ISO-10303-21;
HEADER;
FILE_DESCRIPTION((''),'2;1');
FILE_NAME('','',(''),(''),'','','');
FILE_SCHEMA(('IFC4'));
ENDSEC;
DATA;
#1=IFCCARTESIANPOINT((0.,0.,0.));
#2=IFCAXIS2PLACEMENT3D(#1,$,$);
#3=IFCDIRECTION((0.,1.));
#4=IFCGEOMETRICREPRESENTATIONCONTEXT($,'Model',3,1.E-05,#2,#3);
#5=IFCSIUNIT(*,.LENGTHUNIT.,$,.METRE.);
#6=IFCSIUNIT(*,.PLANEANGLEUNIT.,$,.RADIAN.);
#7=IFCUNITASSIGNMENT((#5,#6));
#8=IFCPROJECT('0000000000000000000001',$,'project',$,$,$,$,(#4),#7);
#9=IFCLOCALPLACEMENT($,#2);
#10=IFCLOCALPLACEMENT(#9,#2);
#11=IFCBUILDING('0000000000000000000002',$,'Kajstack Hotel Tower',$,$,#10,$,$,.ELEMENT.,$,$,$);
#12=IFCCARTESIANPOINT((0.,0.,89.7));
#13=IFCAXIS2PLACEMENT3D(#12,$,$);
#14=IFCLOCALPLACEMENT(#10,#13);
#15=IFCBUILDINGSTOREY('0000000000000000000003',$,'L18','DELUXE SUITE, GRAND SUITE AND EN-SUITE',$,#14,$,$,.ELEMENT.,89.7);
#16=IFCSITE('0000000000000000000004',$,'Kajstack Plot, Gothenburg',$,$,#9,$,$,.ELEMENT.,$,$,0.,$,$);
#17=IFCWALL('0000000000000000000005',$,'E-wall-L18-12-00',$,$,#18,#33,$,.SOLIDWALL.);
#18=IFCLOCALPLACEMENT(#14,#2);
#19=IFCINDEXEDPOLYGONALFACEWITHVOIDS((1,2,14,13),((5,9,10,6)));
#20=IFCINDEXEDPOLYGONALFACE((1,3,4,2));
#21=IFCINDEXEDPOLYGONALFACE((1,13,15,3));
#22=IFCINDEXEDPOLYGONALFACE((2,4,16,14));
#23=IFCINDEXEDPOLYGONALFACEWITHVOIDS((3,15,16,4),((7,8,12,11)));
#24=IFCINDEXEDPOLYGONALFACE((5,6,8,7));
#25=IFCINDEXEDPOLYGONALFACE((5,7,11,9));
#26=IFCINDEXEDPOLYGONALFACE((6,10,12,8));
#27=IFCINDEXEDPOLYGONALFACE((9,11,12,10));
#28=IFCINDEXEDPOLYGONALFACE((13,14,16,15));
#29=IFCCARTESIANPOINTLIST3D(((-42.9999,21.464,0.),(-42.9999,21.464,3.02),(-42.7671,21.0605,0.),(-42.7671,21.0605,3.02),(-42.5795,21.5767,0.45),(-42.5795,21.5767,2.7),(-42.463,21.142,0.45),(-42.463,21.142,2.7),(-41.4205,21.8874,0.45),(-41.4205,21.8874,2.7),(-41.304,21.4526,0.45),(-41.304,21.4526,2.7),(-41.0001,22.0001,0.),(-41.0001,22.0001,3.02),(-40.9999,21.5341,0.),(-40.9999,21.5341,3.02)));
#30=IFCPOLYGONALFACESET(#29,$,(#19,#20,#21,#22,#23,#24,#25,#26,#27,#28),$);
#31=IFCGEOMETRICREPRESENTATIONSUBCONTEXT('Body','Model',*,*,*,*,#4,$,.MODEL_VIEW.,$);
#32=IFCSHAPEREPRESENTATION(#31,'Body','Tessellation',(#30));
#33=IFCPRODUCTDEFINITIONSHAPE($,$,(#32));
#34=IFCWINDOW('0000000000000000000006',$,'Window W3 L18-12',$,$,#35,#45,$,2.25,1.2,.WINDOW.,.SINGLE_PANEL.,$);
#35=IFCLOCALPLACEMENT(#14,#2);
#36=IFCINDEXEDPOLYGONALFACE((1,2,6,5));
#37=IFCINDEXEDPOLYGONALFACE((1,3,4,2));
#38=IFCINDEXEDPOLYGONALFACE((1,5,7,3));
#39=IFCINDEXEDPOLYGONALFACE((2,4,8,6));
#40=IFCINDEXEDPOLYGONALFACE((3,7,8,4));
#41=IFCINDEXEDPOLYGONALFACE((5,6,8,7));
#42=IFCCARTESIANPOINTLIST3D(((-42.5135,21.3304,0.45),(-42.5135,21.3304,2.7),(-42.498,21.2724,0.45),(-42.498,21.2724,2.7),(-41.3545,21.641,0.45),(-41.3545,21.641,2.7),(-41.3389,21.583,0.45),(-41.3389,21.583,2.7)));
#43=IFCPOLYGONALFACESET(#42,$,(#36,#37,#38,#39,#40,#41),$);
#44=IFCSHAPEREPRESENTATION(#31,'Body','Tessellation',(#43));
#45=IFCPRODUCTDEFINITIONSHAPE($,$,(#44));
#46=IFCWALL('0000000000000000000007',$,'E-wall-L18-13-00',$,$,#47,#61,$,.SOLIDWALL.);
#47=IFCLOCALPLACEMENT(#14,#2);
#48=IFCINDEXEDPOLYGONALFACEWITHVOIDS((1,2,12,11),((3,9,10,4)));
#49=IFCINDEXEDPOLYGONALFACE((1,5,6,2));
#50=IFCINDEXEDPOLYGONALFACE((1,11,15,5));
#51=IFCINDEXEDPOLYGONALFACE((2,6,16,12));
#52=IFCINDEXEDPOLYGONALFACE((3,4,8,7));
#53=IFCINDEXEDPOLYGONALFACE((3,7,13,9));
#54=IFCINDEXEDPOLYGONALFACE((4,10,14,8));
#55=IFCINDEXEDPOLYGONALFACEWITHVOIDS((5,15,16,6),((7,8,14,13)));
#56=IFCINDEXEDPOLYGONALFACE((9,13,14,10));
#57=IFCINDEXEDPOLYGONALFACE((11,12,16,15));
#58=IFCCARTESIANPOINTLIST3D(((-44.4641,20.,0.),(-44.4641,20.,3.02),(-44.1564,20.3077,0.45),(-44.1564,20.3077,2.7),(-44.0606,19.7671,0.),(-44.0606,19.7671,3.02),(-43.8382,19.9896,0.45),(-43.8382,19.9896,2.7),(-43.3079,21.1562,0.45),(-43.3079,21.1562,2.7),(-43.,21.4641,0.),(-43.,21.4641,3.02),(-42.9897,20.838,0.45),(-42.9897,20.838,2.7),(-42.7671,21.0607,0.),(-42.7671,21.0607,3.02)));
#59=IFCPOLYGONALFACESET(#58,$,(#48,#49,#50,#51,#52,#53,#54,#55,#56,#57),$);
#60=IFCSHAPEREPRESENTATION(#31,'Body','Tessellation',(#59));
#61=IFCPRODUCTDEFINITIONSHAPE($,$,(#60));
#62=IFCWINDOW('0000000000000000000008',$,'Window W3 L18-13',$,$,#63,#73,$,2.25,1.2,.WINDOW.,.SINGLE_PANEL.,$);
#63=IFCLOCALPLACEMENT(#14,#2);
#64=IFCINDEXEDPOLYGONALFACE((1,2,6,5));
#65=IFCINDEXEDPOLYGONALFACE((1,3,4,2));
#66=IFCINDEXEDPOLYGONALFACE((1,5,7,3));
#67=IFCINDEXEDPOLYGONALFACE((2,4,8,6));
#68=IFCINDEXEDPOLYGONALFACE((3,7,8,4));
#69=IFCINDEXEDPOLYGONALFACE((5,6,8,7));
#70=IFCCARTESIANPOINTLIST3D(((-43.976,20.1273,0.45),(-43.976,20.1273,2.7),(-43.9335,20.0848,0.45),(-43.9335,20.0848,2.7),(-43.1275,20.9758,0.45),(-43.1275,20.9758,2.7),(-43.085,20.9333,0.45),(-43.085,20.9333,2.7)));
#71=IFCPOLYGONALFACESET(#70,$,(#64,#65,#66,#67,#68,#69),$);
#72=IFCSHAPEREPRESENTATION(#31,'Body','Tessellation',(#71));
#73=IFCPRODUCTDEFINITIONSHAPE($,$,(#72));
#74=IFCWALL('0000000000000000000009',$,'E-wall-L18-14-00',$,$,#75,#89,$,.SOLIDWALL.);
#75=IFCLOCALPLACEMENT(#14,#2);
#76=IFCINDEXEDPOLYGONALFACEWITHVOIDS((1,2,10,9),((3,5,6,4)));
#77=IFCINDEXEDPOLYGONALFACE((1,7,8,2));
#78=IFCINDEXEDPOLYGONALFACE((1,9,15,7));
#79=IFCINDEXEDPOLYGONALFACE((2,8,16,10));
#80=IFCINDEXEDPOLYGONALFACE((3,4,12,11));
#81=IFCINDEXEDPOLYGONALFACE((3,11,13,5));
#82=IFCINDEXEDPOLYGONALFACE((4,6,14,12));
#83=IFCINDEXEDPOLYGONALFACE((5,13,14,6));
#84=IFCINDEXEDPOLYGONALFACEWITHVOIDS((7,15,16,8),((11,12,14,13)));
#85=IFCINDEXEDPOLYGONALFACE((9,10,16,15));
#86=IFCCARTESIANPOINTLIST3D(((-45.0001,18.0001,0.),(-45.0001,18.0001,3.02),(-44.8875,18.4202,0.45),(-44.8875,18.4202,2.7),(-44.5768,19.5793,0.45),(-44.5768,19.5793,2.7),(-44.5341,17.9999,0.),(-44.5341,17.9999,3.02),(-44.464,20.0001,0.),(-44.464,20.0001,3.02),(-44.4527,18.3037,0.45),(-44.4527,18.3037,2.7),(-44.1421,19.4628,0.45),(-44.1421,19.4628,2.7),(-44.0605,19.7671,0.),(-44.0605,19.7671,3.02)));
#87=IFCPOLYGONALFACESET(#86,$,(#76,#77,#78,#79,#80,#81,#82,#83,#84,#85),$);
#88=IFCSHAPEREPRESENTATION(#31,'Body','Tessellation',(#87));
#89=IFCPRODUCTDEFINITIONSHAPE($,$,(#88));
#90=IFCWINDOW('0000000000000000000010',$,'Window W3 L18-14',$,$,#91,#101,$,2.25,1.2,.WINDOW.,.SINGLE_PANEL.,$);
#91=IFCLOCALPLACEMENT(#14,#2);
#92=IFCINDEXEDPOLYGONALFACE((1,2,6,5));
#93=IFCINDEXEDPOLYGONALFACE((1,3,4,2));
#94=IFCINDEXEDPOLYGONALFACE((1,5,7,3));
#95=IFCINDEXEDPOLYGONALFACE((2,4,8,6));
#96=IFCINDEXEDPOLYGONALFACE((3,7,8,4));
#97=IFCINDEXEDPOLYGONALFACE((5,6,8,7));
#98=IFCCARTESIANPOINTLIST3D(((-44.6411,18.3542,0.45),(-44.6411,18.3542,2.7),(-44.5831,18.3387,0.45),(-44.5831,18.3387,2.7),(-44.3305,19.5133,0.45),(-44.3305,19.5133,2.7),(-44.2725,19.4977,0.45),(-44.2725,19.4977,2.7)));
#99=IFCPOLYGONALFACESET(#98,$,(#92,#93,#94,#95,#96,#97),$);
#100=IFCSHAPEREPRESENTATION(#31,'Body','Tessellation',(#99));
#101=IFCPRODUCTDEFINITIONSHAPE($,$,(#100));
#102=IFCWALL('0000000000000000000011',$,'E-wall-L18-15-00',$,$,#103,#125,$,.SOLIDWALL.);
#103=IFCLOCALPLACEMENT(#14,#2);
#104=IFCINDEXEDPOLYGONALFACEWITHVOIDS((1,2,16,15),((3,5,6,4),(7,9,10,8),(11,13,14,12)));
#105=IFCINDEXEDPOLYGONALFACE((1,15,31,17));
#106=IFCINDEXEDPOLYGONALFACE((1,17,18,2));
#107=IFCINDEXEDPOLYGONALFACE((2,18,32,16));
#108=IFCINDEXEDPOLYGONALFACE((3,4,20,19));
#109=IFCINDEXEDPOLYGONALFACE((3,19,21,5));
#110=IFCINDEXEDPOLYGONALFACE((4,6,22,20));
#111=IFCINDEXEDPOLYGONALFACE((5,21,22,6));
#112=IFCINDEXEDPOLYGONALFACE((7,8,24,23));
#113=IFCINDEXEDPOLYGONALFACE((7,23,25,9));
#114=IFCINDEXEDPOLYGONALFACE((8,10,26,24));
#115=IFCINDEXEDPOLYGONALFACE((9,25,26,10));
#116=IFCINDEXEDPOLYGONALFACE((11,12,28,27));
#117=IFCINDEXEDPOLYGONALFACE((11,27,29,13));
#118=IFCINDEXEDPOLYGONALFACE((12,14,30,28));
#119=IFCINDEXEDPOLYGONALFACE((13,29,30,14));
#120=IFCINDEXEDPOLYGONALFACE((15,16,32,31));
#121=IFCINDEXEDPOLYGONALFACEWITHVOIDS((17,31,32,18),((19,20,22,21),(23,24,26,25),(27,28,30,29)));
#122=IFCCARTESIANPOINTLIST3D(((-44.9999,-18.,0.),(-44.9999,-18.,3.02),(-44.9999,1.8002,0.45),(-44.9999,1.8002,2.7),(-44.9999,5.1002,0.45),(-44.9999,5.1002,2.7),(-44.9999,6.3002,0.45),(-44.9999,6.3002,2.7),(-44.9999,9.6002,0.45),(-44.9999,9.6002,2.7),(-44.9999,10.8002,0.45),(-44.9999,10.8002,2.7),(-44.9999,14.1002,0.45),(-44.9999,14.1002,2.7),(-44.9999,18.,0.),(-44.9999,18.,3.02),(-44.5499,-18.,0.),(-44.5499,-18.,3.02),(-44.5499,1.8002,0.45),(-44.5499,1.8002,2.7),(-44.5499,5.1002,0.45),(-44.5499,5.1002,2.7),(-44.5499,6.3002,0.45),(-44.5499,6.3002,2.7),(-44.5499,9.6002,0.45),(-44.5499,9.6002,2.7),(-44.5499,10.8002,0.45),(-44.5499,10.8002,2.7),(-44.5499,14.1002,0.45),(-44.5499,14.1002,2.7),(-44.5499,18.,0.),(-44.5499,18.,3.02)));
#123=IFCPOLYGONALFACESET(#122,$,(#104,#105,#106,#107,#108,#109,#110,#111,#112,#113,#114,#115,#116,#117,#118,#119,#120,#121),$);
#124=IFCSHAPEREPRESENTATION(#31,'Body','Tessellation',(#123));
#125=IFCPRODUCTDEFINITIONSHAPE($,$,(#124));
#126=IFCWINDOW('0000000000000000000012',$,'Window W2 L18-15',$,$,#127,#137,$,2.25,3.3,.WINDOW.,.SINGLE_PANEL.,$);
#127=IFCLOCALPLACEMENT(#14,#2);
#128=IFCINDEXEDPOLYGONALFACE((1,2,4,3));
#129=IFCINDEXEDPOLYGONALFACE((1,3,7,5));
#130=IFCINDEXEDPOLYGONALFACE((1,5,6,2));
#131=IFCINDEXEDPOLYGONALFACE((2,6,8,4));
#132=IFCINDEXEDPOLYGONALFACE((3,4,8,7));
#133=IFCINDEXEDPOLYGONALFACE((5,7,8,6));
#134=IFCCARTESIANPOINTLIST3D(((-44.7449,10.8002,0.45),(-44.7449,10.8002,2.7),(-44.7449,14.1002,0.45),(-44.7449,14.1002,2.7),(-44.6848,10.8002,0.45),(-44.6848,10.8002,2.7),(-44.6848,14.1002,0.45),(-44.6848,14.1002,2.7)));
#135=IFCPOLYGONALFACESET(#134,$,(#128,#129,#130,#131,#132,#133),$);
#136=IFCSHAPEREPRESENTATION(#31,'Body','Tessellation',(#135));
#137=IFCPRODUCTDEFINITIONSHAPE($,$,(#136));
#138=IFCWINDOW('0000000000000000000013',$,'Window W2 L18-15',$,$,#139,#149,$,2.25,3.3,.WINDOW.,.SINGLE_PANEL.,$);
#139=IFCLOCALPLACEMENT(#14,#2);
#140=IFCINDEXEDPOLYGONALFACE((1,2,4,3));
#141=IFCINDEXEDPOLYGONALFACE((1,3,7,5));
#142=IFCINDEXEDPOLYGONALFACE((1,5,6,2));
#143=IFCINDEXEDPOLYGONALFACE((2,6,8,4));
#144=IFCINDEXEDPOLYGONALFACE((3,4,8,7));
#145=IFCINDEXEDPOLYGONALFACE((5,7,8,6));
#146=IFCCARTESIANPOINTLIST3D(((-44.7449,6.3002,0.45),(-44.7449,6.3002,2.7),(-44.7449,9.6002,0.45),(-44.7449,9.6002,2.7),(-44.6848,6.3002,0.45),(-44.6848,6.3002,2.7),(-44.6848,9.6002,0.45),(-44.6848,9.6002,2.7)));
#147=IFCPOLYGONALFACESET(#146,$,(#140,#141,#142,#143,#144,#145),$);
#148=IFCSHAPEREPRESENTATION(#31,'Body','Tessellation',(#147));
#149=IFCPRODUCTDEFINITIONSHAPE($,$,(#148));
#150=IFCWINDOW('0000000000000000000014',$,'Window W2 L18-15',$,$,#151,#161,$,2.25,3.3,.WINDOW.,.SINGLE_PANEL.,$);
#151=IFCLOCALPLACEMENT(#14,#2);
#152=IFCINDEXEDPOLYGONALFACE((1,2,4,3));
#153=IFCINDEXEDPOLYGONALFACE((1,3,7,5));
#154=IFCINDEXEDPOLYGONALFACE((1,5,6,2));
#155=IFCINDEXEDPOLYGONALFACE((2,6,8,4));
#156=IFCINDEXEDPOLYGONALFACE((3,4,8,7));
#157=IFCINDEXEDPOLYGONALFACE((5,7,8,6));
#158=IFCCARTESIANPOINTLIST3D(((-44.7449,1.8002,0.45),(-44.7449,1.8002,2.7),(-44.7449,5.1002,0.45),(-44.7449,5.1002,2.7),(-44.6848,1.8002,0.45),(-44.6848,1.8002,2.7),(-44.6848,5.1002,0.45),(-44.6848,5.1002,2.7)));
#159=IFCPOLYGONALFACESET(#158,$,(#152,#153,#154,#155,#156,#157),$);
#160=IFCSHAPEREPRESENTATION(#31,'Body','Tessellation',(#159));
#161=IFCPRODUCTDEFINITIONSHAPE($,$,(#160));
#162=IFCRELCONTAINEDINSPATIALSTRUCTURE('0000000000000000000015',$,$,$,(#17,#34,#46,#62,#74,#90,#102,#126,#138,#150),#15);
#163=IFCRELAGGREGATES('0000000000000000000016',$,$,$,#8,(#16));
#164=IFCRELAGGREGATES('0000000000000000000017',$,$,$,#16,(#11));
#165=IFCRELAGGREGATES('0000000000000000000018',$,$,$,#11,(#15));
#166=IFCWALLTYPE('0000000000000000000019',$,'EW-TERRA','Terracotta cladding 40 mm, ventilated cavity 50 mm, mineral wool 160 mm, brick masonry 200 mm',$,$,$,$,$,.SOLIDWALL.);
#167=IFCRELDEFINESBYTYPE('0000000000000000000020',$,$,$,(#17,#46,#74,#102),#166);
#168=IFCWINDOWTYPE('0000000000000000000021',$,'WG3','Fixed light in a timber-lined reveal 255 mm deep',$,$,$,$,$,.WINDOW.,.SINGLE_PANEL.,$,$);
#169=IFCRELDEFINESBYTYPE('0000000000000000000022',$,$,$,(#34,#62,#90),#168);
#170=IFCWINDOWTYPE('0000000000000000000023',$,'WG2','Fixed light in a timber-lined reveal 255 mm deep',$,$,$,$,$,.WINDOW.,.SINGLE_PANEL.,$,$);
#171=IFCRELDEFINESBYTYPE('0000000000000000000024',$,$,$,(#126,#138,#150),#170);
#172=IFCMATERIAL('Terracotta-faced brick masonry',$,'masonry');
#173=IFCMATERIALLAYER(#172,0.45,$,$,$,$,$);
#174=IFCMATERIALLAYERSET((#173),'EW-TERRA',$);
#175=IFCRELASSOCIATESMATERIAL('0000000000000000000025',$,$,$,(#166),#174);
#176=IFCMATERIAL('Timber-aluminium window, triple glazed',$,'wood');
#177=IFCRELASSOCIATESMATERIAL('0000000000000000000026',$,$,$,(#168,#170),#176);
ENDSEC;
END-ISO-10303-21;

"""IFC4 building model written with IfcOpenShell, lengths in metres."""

from ifc_helpers import new_model, si_unit, direction, frame, frame_2d, origin, place, context, subcontext, project, spatial, polyline, rectangle, outline, extrude, material, layer, layer_set, type_object, element, fill, save


model = new_model("IFC4")

# Units and contexts
model_context = context("Model", 3, precision=1e-05, world=origin(), true_north=direction((0.0, 1.0)))
body_context = subcontext(model_context, "Body", "Model", "MODEL_VIEW")
ifc_project = project(units=[si_unit("LENGTHUNIT", "METRE"), si_unit("PLANEANGLEUNIT", "RADIAN")], contexts=[model_context])

# Site, building, storey
site_placement = place(None, origin())
site = spatial("IfcSite", under=ifc_project, at=site_placement, Name="Kajstack Plot, Gothenburg", CompositionType="ELEMENT", RefElevation=0.0)
building_placement = place(site_placement, origin())
building = spatial("IfcBuilding", under=site, at=building_placement, Name="Kajstack Hotel Tower", CompositionType="ELEMENT")
storey_placement = place(building_placement, frame((0.0, 0.0, 89.7)))
storey = spatial("IfcBuildingStorey", under=building, at=storey_placement, Name="L18", Description="DELUXE SUITE, GRAND SUITE AND EN-SUITE", CompositionType="ELEMENT", Elevation=89.7)

# Walls, openings, windows
ifc_material_1 = material(Name="Terracotta-faced brick masonry", Category="masonry")
ifc_layer_1 = layer(ifc_material_1, 0.45)
ifc_layer_set_1 = layer_set([ifc_layer_1], Name="EW-TERRA")
wall_type_1 = type_object("IfcWallType", Name="EW-TERRA", Description="Terracotta cladding 40 mm, ventilated cavity 50 mm, mineral wool 160 mm, brick masonry 200 mm", PredefinedType="SOLIDWALL", material=ifc_layer_set_1)
wall_1_placement = place(storey_placement, frame((-40.9417, 21.7827, 0.0), z_axis=(0.0, 0.0, 1.0), x_axis=(-0.965927, -0.258815, 0.0)))
wall_1 = element("IfcWall", 1, at=wall_1_placement, inside=storey, type_object=wall_type_1, Name="E-wall-L18-12-00", PredefinedType="SOLIDWALL", context=body_context, shape_type="SweptSolid", body=[
    extrude(outline(polyline([(0.0002, -0.2251), (2.0706, -0.2249), (1.9502, 0.2251), (0.1206, 0.2251), (0.0002, -0.2251)])), origin(), (0.0, 0.0, 1.0), 3.02),
])
opening_1_placement = place(wall_1_placement, frame((0.4353, 0.0, 0.45)))
opening_1 = element("IfcOpeningElement", 2, at=opening_1_placement, cuts=wall_1, PredefinedType="OPENING", context=body_context, shape_type="SweptSolid", body=[
    extrude(rectangle(XDim=1.2, YDim=2.25, at=frame_2d((0.6001, 1.125))), frame((0.0, 0.2349, 0.0), z_axis=(0.0, -1.0, 0.0), x_axis=(1.0, 0.0, 0.0)), (0.0, 0.0, 1.0), 0.47),
])
ifc_material_2 = material(Name="Timber-aluminium window, triple glazed", Category="wood")
window_type_1 = type_object("IfcWindowType", Name="WG3", Description="Fixed light in a timber-lined reveal 255 mm deep", PartitioningType="SINGLE_PANEL", PredefinedType="WINDOW", material=ifc_material_2)
window_1_placement = place(opening_1_placement, origin())
window_1 = element("IfcWindow", 3, at=window_1_placement, inside=storey, type_object=window_type_1, Name="Window W3 L18-12", OverallHeight=2.25, OverallWidth=1.2, PartitioningType="SINGLE_PANEL", PredefinedType="WINDOW", context=body_context, shape_type="SweptSolid", body=[
    extrude(rectangle(XDim=1.2, YDim=2.25, at=frame_2d((0.6001, 1.125))), frame((0.0, 0.0901, 0.0), z_axis=(0.0, -1.0, 0.0), x_axis=(1.0, 0.0, 0.0)), (0.0, 0.0, 1.0), 0.0601),
])
fill(opening_1, window_1)
wall_2_placement = place(storey_placement, frame((-42.8408, 21.3049, 0.0), z_axis=(0.0, 0.0, 1.0), x_axis=(-0.707107, -0.707107, 0.0)))
wall_2 = element("IfcWall", 4, at=wall_2_placement, inside=storey, type_object=wall_type_1, Name="E-wall-L18-13-00", PredefinedType="SOLIDWALL", context=body_context, shape_type="SweptSolid", body=[
    extrude(outline(polyline([(0.0, -0.2251), (2.0706, -0.2251), (1.95, 0.2249), (0.1206, 0.2249), (0.0, -0.2251)])), origin(), (0.0, 0.0, 1.0), 3.02),
])
opening_2_placement = place(wall_2_placement, frame((0.4353, 0.0, 0.45)))
opening_2 = element("IfcOpeningElement", 5, at=opening_2_placement, cuts=wall_2, PredefinedType="OPENING", context=body_context, shape_type="SweptSolid", body=[
    extrude(rectangle(XDim=1.2, YDim=2.25, at=frame_2d((0.6001, 1.125))), frame((0.0, 0.2349, 0.0), z_axis=(0.0, -1.0, 0.0), x_axis=(1.0, 0.0, 0.0)), (0.0, 0.0, 1.0), 0.47),
])
window_2_placement = place(opening_2_placement, origin())
window_2 = element("IfcWindow", 6, at=window_2_placement, inside=storey, type_object=window_type_1, Name="Window W3 L18-13", OverallHeight=2.25, OverallWidth=1.2, PartitioningType="SINGLE_PANEL", PredefinedType="WINDOW", context=body_context, shape_type="SweptSolid", body=[
    extrude(rectangle(XDim=1.2, YDim=2.25, at=frame_2d((0.6001, 1.125))), frame((0.0, 0.0901, 0.0), z_axis=(0.0, -1.0, 0.0), x_axis=(1.0, 0.0, 0.0)), (0.0, 0.0, 1.0), 0.0601),
])
fill(opening_2, window_2)
wall_3_placement = place(storey_placement, frame((-44.2468, 19.9417, 0.0), z_axis=(0.0, 0.0, 1.0), x_axis=(-0.258815, -0.965927, 0.0)))
wall_3 = element("IfcWall", 7, at=wall_3_placement, inside=storey, type_object=wall_type_1, Name="E-wall-L18-14-00", PredefinedType="SOLIDWALL", context=body_context, shape_type="SweptSolid", body=[
    extrude(outline(polyline([(-0.0002, -0.2249), (2.0703, -0.2251), (1.95, 0.2251), (0.1204, 0.2251), (-0.0002, -0.2249)])), origin(), (0.0, 0.0, 1.0), 3.02),
])
opening_3_placement = place(wall_3_placement, frame((0.4353, 0.0, 0.45)))
opening_3 = element("IfcOpeningElement", 8, at=opening_3_placement, cuts=wall_3, PredefinedType="OPENING", context=body_context, shape_type="SweptSolid", body=[
    extrude(rectangle(XDim=1.2, YDim=2.25, at=frame_2d((0.6001, 1.125))), frame((0.0, 0.2349, 0.0), z_axis=(0.0, -1.0, 0.0), x_axis=(1.0, 0.0, 0.0)), (0.0, 0.0, 1.0), 0.47),
])
window_3_placement = place(opening_3_placement, origin())
window_3 = element("IfcWindow", 9, at=window_3_placement, inside=storey, type_object=window_type_1, Name="Window W3 L18-14", OverallHeight=2.25, OverallWidth=1.2, PartitioningType="SINGLE_PANEL", PredefinedType="WINDOW", context=body_context, shape_type="SweptSolid", body=[
    extrude(rectangle(XDim=1.2, YDim=2.25, at=frame_2d((0.6001, 1.125))), frame((0.0, 0.0901, 0.0), z_axis=(0.0, -1.0, 0.0), x_axis=(1.0, 0.0, 0.0)), (0.0, 0.0, 1.0), 0.0601),
])
fill(opening_3, window_3)

# Wall, openings, windows
wall_4_placement = place(storey_placement, frame((-44.7749, 18.0, 0.0), z_axis=(0.0, 0.0, 1.0), x_axis=(0.0, -1.0, 0.0)))
wall_4 = element("IfcWall", 10, at=wall_4_placement, inside=storey, type_object=wall_type_1, Name="E-wall-L18-15-00", PredefinedType="SOLIDWALL", context=body_context, shape_type="SweptSolid", body=[
    extrude(rectangle(XDim=36.0, YDim=0.45, at=frame_2d((18.0, 0.0))), origin(), (0.0, 0.0, 1.0), 3.02),
])
opening_4_placement = place(wall_4_placement, frame((3.8999, 0.0, 0.45)))
opening_4 = element("IfcOpeningElement", 11, at=opening_4_placement, cuts=wall_4, PredefinedType="OPENING", context=body_context, shape_type="SweptSolid", body=[
    extrude(rectangle(XDim=3.3, YDim=2.25, at=frame_2d((1.6499, 1.125))), frame((0.0, 0.2349, 0.0), z_axis=(0.0, -1.0, 0.0), x_axis=(1.0, 0.0, 0.0)), (0.0, 0.0, 1.0), 0.47),
])
opening_5_placement = place(wall_4_placement, frame((8.3999, 0.0, 0.45)))
opening_5 = element("IfcOpeningElement", 12, at=opening_5_placement, cuts=wall_4, PredefinedType="OPENING", context=body_context, shape_type="SweptSolid", body=[
    extrude(rectangle(XDim=3.3, YDim=2.25, at=frame_2d((1.6499, 1.125))), frame((0.0, 0.2349, 0.0), z_axis=(0.0, -1.0, 0.0), x_axis=(1.0, 0.0, 0.0)), (0.0, 0.0, 1.0), 0.47),
])
opening_6_placement = place(wall_4_placement, frame((12.8999, 0.0, 0.45)))
opening_6 = element("IfcOpeningElement", 13, at=opening_6_placement, cuts=wall_4, PredefinedType="OPENING", context=body_context, shape_type="SweptSolid", body=[
    extrude(rectangle(XDim=3.3, YDim=2.25, at=frame_2d((1.6499, 1.125))), frame((0.0, 0.2349, 0.0), z_axis=(0.0, -1.0, 0.0), x_axis=(1.0, 0.0, 0.0)), (0.0, 0.0, 1.0), 0.47),
])
window_type_2 = type_object("IfcWindowType", Name="WG2", Description="Fixed light in a timber-lined reveal 255 mm deep", PartitioningType="SINGLE_PANEL", PredefinedType="WINDOW", material=ifc_material_2)
window_4_placement = place(opening_4_placement, origin())
window_4 = element("IfcWindow", 14, at=window_4_placement, inside=storey, type_object=window_type_2, Name="Window W2 L18-15", OverallHeight=2.25, OverallWidth=3.3, PartitioningType="SINGLE_PANEL", PredefinedType="WINDOW", context=body_context, shape_type="SweptSolid", body=[
    extrude(rectangle(XDim=3.3, YDim=2.25, at=frame_2d((1.6499, 1.125))), frame((0.0, 0.0901, 0.0), z_axis=(0.0, -1.0, 0.0), x_axis=(1.0, 0.0, 0.0)), (0.0, 0.0, 1.0), 0.0601),
])
fill(opening_4, window_4)
window_5_placement = place(opening_5_placement, origin())
window_5 = element("IfcWindow", 15, at=window_5_placement, inside=storey, type_object=window_type_2, Name="Window W2 L18-15", OverallHeight=2.25, OverallWidth=3.3, PartitioningType="SINGLE_PANEL", PredefinedType="WINDOW", context=body_context, shape_type="SweptSolid", body=[
    extrude(rectangle(XDim=3.3, YDim=2.25, at=frame_2d((1.6499, 1.125))), frame((0.0, 0.0901, 0.0), z_axis=(0.0, -1.0, 0.0), x_axis=(1.0, 0.0, 0.0)), (0.0, 0.0, 1.0), 0.0601),
])
fill(opening_5, window_5)
window_6_placement = place(opening_6_placement, origin())
window_6 = element("IfcWindow", 16, at=window_6_placement, inside=storey, type_object=window_type_2, Name="Window W2 L18-15", OverallHeight=2.25, OverallWidth=3.3, PartitioningType="SINGLE_PANEL", PredefinedType="WINDOW", context=body_context, shape_type="SweptSolid", body=[
    extrude(rectangle(XDim=3.3, YDim=2.25, at=frame_2d((1.6499, 1.125))), frame((0.0, 0.0901, 0.0), z_axis=(0.0, -1.0, 0.0), x_axis=(1.0, 0.0, 0.0)), (0.0, 0.0, 1.0), 0.0601),
])
fill(opening_6, window_6)

save(model, "model.ifc")
